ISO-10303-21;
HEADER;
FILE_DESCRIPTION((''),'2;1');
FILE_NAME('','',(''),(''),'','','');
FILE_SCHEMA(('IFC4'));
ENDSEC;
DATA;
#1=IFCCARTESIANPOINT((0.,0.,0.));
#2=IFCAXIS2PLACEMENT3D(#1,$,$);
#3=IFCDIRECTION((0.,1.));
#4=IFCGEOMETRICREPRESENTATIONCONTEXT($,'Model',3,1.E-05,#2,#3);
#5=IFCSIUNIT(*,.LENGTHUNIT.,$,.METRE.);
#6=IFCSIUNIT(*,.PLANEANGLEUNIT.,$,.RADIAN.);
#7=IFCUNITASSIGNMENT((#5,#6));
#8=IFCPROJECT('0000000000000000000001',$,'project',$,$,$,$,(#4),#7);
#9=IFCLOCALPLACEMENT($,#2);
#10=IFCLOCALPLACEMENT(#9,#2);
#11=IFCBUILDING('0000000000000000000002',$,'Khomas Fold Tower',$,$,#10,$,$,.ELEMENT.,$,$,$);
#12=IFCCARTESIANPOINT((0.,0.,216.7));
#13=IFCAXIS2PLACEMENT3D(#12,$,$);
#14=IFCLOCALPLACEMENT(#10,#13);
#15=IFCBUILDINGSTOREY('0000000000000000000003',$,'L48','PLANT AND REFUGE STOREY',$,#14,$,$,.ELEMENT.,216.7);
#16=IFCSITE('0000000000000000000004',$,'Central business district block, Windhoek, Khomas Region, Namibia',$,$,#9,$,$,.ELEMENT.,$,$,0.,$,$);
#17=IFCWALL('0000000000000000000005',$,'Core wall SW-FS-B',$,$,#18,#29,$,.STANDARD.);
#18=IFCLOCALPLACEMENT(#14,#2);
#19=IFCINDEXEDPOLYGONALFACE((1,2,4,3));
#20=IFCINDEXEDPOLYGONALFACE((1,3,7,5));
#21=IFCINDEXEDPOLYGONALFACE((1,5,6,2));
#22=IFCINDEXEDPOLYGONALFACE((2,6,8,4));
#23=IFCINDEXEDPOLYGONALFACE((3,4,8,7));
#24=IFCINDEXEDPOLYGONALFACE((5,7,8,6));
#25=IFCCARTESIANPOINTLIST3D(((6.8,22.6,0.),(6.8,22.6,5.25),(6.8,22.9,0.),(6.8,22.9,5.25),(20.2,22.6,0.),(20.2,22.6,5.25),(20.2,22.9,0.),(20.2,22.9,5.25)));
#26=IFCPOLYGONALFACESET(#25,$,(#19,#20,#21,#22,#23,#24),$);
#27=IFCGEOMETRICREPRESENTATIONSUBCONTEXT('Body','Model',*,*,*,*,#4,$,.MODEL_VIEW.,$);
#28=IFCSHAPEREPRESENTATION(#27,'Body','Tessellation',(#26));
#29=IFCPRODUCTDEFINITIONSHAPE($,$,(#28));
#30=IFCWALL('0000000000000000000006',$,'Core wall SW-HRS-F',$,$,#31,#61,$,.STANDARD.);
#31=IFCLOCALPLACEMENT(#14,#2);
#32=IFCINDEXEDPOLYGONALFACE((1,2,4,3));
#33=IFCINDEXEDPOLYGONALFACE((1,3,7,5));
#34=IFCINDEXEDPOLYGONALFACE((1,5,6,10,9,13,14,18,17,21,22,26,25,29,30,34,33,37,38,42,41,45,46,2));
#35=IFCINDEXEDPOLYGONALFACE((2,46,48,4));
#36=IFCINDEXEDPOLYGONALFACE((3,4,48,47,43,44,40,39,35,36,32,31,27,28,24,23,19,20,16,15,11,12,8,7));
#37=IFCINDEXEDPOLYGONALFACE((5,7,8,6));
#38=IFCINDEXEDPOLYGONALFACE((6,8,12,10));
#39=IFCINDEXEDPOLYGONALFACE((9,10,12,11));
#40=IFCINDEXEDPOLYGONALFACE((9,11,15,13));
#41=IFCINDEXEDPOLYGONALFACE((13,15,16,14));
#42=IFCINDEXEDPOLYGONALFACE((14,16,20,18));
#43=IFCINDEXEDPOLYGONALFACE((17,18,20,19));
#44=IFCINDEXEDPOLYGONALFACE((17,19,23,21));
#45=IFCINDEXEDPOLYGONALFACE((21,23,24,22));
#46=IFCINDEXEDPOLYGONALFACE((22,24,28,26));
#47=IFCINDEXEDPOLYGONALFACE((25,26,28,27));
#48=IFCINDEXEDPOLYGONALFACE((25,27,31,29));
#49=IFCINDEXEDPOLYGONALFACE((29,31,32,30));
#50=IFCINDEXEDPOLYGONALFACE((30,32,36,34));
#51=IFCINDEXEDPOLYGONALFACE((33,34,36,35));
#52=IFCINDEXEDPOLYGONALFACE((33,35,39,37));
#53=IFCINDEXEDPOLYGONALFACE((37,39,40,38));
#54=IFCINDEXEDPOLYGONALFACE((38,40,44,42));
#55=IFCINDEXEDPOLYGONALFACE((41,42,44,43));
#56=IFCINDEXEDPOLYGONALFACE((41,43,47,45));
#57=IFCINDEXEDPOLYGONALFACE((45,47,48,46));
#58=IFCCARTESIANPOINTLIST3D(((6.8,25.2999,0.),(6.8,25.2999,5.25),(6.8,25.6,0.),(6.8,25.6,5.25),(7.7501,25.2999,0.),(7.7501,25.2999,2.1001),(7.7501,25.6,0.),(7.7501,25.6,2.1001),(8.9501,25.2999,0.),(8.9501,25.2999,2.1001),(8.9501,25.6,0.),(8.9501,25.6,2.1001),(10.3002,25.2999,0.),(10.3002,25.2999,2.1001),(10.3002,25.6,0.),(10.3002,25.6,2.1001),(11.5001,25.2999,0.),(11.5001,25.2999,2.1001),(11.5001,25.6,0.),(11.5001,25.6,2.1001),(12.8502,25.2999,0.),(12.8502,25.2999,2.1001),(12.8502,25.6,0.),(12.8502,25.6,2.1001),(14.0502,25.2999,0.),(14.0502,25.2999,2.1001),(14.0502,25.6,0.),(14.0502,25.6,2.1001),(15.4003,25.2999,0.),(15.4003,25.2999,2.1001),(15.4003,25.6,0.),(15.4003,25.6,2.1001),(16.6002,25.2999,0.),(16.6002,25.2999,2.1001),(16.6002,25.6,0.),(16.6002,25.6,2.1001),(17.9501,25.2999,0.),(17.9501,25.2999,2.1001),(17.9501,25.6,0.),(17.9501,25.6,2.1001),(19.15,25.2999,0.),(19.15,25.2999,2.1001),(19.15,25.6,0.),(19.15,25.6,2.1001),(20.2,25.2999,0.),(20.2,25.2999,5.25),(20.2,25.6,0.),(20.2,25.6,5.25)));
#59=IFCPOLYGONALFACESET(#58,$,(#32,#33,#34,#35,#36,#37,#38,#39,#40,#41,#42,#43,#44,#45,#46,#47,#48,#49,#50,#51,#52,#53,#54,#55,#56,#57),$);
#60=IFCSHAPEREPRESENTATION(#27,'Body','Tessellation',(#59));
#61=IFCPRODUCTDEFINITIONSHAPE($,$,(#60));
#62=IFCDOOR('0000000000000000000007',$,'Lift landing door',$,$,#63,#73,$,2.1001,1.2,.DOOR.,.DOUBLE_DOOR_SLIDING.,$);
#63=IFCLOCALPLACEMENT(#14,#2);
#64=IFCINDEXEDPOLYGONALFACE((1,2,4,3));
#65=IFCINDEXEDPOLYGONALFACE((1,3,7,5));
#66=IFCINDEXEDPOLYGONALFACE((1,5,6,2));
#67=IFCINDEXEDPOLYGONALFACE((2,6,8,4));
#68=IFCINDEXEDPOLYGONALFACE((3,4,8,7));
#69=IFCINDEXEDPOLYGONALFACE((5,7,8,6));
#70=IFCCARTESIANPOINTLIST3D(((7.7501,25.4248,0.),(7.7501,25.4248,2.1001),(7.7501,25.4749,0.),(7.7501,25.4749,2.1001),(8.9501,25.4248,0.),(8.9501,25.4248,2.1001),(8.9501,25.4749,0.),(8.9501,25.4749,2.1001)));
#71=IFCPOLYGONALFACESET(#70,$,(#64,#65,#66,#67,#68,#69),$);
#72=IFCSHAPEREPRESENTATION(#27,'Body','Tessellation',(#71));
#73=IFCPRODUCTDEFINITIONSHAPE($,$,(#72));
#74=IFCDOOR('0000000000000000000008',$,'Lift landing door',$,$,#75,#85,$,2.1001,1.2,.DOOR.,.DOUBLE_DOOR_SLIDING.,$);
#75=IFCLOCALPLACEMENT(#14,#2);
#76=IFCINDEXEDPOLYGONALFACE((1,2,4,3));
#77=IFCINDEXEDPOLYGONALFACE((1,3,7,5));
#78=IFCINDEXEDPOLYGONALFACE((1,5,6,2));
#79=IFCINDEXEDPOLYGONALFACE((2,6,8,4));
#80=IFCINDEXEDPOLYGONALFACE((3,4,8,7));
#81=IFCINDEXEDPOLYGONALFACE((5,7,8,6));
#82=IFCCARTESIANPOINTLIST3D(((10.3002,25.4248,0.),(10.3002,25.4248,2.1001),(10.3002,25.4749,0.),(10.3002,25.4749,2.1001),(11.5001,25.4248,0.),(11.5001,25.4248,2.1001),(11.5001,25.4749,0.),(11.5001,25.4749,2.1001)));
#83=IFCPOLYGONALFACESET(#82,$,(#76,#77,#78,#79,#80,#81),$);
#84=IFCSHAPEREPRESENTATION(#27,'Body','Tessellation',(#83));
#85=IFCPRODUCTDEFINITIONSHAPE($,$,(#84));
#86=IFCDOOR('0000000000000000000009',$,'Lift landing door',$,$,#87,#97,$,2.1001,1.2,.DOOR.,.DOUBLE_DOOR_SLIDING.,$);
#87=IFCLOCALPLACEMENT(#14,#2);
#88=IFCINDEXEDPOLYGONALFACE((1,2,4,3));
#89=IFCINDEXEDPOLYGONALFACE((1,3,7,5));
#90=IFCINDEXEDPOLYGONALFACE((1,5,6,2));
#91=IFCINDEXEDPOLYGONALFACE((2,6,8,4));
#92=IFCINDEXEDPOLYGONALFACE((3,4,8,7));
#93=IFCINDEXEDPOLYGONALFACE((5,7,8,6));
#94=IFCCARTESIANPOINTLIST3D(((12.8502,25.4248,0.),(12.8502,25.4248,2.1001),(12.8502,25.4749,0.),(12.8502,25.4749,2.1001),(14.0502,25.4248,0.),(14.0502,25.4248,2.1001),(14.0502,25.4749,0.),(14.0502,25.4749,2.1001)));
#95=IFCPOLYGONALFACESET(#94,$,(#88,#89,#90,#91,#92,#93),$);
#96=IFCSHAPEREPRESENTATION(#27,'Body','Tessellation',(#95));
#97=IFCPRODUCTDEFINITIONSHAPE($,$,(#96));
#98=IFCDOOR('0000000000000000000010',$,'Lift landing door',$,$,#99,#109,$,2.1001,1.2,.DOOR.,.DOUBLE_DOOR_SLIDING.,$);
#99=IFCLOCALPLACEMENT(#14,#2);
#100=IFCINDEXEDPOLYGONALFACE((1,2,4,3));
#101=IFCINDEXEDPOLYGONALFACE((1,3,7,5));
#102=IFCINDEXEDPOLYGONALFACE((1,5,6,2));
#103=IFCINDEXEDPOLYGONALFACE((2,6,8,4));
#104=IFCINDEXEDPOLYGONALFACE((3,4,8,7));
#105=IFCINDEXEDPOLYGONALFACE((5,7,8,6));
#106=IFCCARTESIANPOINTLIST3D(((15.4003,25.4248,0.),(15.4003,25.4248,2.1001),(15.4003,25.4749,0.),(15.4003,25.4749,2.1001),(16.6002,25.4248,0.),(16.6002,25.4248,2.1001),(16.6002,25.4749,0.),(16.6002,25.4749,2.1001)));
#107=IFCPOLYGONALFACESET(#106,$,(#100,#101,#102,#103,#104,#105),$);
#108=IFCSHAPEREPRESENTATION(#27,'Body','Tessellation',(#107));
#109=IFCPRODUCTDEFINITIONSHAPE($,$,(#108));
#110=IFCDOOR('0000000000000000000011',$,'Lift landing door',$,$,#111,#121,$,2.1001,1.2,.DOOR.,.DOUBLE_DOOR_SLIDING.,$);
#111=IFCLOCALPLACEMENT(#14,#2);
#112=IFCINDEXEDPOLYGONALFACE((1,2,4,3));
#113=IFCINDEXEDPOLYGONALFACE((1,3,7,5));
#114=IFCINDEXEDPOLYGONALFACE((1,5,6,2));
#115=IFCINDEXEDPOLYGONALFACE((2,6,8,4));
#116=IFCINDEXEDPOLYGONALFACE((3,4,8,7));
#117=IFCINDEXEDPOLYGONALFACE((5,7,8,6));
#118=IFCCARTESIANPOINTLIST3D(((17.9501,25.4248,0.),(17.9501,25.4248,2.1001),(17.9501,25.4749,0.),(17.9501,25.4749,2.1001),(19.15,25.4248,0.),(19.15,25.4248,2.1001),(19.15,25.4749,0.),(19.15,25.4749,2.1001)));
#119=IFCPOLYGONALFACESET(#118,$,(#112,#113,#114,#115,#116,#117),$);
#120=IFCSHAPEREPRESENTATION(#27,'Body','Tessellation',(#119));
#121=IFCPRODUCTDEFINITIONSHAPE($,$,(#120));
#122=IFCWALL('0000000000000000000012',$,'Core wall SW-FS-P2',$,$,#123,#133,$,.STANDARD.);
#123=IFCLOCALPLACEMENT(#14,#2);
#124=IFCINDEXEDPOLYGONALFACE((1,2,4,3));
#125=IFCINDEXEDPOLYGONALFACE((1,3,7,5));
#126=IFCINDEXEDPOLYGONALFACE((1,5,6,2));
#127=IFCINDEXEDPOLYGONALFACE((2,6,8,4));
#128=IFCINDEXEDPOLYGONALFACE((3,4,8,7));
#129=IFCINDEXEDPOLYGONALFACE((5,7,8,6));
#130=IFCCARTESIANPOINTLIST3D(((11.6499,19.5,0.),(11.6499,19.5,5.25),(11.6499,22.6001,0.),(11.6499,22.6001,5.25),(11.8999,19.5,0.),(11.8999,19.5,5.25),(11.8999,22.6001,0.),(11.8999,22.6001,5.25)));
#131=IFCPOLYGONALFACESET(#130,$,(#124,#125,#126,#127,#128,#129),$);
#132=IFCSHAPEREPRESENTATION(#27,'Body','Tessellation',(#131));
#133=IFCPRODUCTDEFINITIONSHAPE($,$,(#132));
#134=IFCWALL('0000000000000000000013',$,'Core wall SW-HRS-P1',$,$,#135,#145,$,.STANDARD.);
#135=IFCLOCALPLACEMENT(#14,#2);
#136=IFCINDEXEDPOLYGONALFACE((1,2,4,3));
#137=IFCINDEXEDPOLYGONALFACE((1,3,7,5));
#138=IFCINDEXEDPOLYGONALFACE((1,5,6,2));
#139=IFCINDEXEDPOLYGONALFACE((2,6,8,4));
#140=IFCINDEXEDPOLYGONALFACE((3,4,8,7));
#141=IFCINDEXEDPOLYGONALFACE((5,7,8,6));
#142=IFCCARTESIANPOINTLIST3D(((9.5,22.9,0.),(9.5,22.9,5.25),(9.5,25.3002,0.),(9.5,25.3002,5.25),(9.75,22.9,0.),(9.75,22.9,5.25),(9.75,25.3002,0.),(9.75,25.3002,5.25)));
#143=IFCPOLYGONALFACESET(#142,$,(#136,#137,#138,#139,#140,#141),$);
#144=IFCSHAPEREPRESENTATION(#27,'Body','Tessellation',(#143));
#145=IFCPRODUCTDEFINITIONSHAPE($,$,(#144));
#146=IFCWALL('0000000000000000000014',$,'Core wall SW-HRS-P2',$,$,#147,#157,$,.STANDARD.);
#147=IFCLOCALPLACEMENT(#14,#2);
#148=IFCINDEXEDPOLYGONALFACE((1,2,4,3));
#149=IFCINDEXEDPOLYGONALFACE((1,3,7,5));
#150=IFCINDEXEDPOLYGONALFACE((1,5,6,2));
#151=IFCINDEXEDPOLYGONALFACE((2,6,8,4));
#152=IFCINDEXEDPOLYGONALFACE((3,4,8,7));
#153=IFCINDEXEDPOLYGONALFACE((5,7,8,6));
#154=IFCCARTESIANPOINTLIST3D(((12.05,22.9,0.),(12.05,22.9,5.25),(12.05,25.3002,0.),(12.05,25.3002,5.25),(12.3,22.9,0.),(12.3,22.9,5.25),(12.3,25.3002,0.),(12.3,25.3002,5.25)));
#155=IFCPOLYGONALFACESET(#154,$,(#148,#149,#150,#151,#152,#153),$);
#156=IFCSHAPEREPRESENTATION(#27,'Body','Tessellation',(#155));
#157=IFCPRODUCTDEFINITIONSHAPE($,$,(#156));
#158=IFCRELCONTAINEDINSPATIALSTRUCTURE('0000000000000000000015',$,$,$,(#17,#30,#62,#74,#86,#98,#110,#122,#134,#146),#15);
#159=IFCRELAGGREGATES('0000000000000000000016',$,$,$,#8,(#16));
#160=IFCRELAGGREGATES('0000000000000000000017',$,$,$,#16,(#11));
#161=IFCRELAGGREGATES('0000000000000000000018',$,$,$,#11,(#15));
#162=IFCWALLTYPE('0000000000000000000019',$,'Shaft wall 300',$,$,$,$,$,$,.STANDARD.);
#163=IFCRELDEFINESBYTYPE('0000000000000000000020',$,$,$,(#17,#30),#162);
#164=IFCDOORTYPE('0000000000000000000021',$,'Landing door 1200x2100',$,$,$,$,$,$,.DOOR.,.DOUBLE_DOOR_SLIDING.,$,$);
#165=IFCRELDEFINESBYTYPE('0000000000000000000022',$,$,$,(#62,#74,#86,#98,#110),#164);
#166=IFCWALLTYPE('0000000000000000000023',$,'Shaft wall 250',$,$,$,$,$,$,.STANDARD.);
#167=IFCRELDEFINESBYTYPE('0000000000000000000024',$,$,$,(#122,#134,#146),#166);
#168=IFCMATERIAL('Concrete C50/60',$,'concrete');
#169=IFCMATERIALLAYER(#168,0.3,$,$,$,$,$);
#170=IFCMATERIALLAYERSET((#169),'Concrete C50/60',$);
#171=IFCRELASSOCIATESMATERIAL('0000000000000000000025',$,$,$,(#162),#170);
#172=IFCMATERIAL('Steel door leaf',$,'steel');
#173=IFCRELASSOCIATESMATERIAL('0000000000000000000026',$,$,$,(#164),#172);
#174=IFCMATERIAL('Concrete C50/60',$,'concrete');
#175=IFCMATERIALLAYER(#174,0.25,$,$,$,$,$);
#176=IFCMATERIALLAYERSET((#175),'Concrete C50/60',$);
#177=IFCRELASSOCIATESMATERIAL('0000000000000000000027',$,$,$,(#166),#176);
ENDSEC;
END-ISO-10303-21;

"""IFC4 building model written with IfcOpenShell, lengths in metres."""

from ifc_helpers import new_model, si_unit, direction, frame, frame_2d, origin, place, context, subcontext, project, spatial, rectangle, extrude, source, transform, mapped, material, layer, layer_set, type_object, element, fill, save


model = new_model("IFC4")

# Units and contexts
model_context = context("Model", 3, precision=1e-05, world=origin(), true_north=direction((0.0, 1.0)))
body_context = subcontext(model_context, "Body", "Model", "MODEL_VIEW")
ifc_project = project(units=[si_unit("LENGTHUNIT", "METRE"), si_unit("PLANEANGLEUNIT", "RADIAN")], contexts=[model_context])

# Site, building, storey
site_placement = place(None, origin())
site = spatial("IfcSite", under=ifc_project, at=site_placement, Name="Central business district block, Windhoek, Khomas Region, Namibia", CompositionType="ELEMENT", RefElevation=0.0)
building_placement = place(site_placement, origin())
building = spatial("IfcBuilding", under=site, at=building_placement, Name="Khomas Fold Tower", CompositionType="ELEMENT")
storey_placement = place(building_placement, frame((0.0, 0.0, 216.7)))
storey = spatial("IfcBuildingStorey", under=building, at=storey_placement, Name="L48", Description="PLANT AND REFUGE STOREY", CompositionType="ELEMENT", Elevation=216.7)

# Wall
ifc_material_1 = material(Name="Concrete C50/60", Category="concrete")
ifc_layer_1 = layer(ifc_material_1, 0.3)
ifc_layer_set_1 = layer_set([ifc_layer_1], Name="Concrete C50/60")
wall_type_1 = type_object("IfcWallType", Name="Shaft wall 300", PredefinedType="STANDARD", material=ifc_layer_set_1)
shared_shape_1 = source(origin(), body_context, "Body", "SweptSolid", [
    extrude(rectangle(XDim=13.3999, YDim=0.3, at=frame_2d((6.7, 0.0))), origin(), (0.0, 0.0, 1.0), 5.25),
])
wall_1_placement = place(storey_placement, frame((6.8, 22.75, 0.0), z_axis=(0.0, 0.0, 1.0), x_axis=(1.0, 0.0, 0.0)))
element("IfcWall", 1, at=wall_1_placement, inside=storey, type_object=wall_type_1, Name="Core wall SW-FS-B", PredefinedType="STANDARD", context=body_context, shape_type="MappedRepresentation", body=[
    mapped(shared_shape_1, transform((0.0, 0.0, 0.0))),
])

# Wall, openings, doors
wall_2_placement = place(storey_placement, frame((6.8, 25.45, 0.0), z_axis=(0.0, 0.0, 1.0), x_axis=(1.0, 0.0, 0.0)))
wall_2 = element("IfcWall", 2, at=wall_2_placement, inside=storey, type_object=wall_type_1, Name="Core wall SW-HRS-F", PredefinedType="STANDARD", context=body_context, shape_type="MappedRepresentation", body=[
    mapped(shared_shape_1, transform((0.0, 0.0, 0.0))),
])
shared_shape_2 = source(origin(), body_context, "Body", "SweptSolid", [
    extrude(rectangle(XDim=1.2, YDim=2.1001, at=frame_2d((0.6001, 1.05))), frame((0.0, 0.1599, 0.0), z_axis=(0.0, -1.0, 0.0), x_axis=(1.0, 0.0, 0.0)), (0.0, 0.0, 1.0), 0.3201),
])
opening_1_placement = place(wall_2_placement, frame((0.95, 0.0, 0.0)))
opening_1 = element("IfcOpeningElement", 3, at=opening_1_placement, cuts=wall_2, PredefinedType="OPENING", context=body_context, shape_type="MappedRepresentation", body=[
    mapped(shared_shape_2, transform((0.0, 0.0, 0.0))),
])
opening_2_placement = place(wall_2_placement, frame((3.5, 0.0, 0.0)))
opening_2 = element("IfcOpeningElement", 4, at=opening_2_placement, cuts=wall_2, PredefinedType="OPENING", context=body_context, shape_type="MappedRepresentation", body=[
    mapped(shared_shape_2, transform((0.0, 0.0, 0.0))),
])
opening_3_placement = place(wall_2_placement, frame((6.05, 0.0, 0.0)))
opening_3 = element("IfcOpeningElement", 5, at=opening_3_placement, cuts=wall_2, PredefinedType="OPENING", context=body_context, shape_type="MappedRepresentation", body=[
    mapped(shared_shape_2, transform((0.0, 0.0, 0.0))),
])
opening_4_placement = place(wall_2_placement, frame((8.6001, 0.0, 0.0)))
opening_4 = element("IfcOpeningElement", 6, at=opening_4_placement, cuts=wall_2, PredefinedType="OPENING", context=body_context, shape_type="MappedRepresentation", body=[
    mapped(shared_shape_2, transform((0.0, 0.0, 0.0))),
])
opening_5_placement = place(wall_2_placement, frame((11.1499, 0.0, 0.0)))
opening_5 = element("IfcOpeningElement", 7, at=opening_5_placement, cuts=wall_2, PredefinedType="OPENING", context=body_context, shape_type="MappedRepresentation", body=[
    mapped(shared_shape_2, transform((0.0, 0.0, 0.0))),
])
ifc_material_2 = material(Name="Steel door leaf", Category="steel")
door_type = type_object("IfcDoorType", Name="Landing door 1200x2100", OperationType="DOUBLE_DOOR_SLIDING", PredefinedType="DOOR", material=ifc_material_2)
shared_shape_3 = source(origin(), body_context, "Body", "SweptSolid", [
    extrude(rectangle(XDim=1.2, YDim=2.1001, at=frame_2d((0.6001, 1.05))), frame((0.0, 0.0249, 0.0), z_axis=(0.0, -1.0, 0.0), x_axis=(1.0, 0.0, 0.0)), (0.0, 0.0, 1.0), 0.05),
])
door_1_placement = place(opening_1_placement, origin())
door_1 = element("IfcDoor", 8, at=door_1_placement, inside=storey, type_object=door_type, Name="Lift landing door", OperationType="DOUBLE_DOOR_SLIDING", OverallHeight=2.1001, OverallWidth=1.2, PredefinedType="DOOR", context=body_context, shape_type="MappedRepresentation", body=[
    mapped(shared_shape_3, transform((0.0, 0.0, 0.0))),
])
fill(opening_1, door_1)
door_2_placement = place(opening_2_placement, origin())
door_2 = element("IfcDoor", 9, at=door_2_placement, inside=storey, type_object=door_type, Name="Lift landing door", OperationType="DOUBLE_DOOR_SLIDING", OverallHeight=2.1001, OverallWidth=1.2, PredefinedType="DOOR", context=body_context, shape_type="MappedRepresentation", body=[
    mapped(shared_shape_3, transform((0.0, 0.0, 0.0))),
])
fill(opening_2, door_2)
door_3_placement = place(opening_3_placement, origin())
door_3 = element("IfcDoor", 10, at=door_3_placement, inside=storey, type_object=door_type, Name="Lift landing door", OperationType="DOUBLE_DOOR_SLIDING", OverallHeight=2.1001, OverallWidth=1.2, PredefinedType="DOOR", context=body_context, shape_type="MappedRepresentation", body=[
    mapped(shared_shape_3, transform((0.0, 0.0, 0.0))),
])
fill(opening_3, door_3)
door_4_placement = place(opening_4_placement, origin())
door_4 = element("IfcDoor", 11, at=door_4_placement, inside=storey, type_object=door_type, Name="Lift landing door", OperationType="DOUBLE_DOOR_SLIDING", OverallHeight=2.1001, OverallWidth=1.2, PredefinedType="DOOR", context=body_context, shape_type="MappedRepresentation", body=[
    mapped(shared_shape_3, transform((0.0, 0.0, 0.0))),
])
fill(opening_4, door_4)
door_5_placement = place(opening_5_placement, origin())
door_5 = element("IfcDoor", 12, at=door_5_placement, inside=storey, type_object=door_type, Name="Lift landing door", OperationType="DOUBLE_DOOR_SLIDING", OverallHeight=2.1001, OverallWidth=1.2, PredefinedType="DOOR", context=body_context, shape_type="MappedRepresentation", body=[
    mapped(shared_shape_3, transform((0.0, 0.0, 0.0))),
])
fill(opening_5, door_5)

# Walls
ifc_material_3 = material(Name="Concrete C50/60", Category="concrete")
ifc_layer_2 = layer(ifc_material_3, 0.25)
ifc_layer_set_2 = layer_set([ifc_layer_2], Name="Concrete C50/60")
wall_type_2 = type_object("IfcWallType", Name="Shaft wall 250", PredefinedType="STANDARD", material=ifc_layer_set_2)
shared_shape_4 = source(origin(), body_context, "Body", "SweptSolid", [
    extrude(rectangle(XDim=3.1001, YDim=0.25, at=frame_2d((1.55, 0.0))), origin(), (0.0, 0.0, 1.0), 5.25),
])
wall_3_placement = place(storey_placement, frame((11.7749, 19.5, 0.0), z_axis=(0.0, 0.0, 1.0), x_axis=(0.0, 1.0, 0.0)))
element("IfcWall", 13, at=wall_3_placement, inside=storey, type_object=wall_type_2, Name="Core wall SW-FS-P2", PredefinedType="STANDARD", context=body_context, shape_type="MappedRepresentation", body=[
    mapped(shared_shape_4, transform((0.0, 0.0, 0.0))),
])
shared_shape_5 = source(origin(), body_context, "Body", "SweptSolid", [
    extrude(rectangle(XDim=2.4001, YDim=0.25, at=frame_2d((1.2002, 0.0))), origin(), (0.0, 0.0, 1.0), 5.25),
])
for number, where, z_axis, x_axis, name in (
    (14, (9.625, 22.8999, 0.0), (0.0, 0.0, 1.0), (0.0, 1.0, 0.0), "Core wall SW-HRS-P1"),
    (15, (12.175, 22.8999, 0.0), (0.0, 0.0, 1.0), (0.0, 1.0, 0.0), "Core wall SW-HRS-P2"),
):
    element("IfcWall", number, at=place(storey_placement, frame(where, z_axis=z_axis, x_axis=x_axis)), inside=storey, type_object=wall_type_2, Name=name, PredefinedType="STANDARD", context=body_context, shape_type="MappedRepresentation", body=[
        mapped(shared_shape_5, transform((0.0, 0.0, 0.0))),
    ])

save(model, "model.ifc")
